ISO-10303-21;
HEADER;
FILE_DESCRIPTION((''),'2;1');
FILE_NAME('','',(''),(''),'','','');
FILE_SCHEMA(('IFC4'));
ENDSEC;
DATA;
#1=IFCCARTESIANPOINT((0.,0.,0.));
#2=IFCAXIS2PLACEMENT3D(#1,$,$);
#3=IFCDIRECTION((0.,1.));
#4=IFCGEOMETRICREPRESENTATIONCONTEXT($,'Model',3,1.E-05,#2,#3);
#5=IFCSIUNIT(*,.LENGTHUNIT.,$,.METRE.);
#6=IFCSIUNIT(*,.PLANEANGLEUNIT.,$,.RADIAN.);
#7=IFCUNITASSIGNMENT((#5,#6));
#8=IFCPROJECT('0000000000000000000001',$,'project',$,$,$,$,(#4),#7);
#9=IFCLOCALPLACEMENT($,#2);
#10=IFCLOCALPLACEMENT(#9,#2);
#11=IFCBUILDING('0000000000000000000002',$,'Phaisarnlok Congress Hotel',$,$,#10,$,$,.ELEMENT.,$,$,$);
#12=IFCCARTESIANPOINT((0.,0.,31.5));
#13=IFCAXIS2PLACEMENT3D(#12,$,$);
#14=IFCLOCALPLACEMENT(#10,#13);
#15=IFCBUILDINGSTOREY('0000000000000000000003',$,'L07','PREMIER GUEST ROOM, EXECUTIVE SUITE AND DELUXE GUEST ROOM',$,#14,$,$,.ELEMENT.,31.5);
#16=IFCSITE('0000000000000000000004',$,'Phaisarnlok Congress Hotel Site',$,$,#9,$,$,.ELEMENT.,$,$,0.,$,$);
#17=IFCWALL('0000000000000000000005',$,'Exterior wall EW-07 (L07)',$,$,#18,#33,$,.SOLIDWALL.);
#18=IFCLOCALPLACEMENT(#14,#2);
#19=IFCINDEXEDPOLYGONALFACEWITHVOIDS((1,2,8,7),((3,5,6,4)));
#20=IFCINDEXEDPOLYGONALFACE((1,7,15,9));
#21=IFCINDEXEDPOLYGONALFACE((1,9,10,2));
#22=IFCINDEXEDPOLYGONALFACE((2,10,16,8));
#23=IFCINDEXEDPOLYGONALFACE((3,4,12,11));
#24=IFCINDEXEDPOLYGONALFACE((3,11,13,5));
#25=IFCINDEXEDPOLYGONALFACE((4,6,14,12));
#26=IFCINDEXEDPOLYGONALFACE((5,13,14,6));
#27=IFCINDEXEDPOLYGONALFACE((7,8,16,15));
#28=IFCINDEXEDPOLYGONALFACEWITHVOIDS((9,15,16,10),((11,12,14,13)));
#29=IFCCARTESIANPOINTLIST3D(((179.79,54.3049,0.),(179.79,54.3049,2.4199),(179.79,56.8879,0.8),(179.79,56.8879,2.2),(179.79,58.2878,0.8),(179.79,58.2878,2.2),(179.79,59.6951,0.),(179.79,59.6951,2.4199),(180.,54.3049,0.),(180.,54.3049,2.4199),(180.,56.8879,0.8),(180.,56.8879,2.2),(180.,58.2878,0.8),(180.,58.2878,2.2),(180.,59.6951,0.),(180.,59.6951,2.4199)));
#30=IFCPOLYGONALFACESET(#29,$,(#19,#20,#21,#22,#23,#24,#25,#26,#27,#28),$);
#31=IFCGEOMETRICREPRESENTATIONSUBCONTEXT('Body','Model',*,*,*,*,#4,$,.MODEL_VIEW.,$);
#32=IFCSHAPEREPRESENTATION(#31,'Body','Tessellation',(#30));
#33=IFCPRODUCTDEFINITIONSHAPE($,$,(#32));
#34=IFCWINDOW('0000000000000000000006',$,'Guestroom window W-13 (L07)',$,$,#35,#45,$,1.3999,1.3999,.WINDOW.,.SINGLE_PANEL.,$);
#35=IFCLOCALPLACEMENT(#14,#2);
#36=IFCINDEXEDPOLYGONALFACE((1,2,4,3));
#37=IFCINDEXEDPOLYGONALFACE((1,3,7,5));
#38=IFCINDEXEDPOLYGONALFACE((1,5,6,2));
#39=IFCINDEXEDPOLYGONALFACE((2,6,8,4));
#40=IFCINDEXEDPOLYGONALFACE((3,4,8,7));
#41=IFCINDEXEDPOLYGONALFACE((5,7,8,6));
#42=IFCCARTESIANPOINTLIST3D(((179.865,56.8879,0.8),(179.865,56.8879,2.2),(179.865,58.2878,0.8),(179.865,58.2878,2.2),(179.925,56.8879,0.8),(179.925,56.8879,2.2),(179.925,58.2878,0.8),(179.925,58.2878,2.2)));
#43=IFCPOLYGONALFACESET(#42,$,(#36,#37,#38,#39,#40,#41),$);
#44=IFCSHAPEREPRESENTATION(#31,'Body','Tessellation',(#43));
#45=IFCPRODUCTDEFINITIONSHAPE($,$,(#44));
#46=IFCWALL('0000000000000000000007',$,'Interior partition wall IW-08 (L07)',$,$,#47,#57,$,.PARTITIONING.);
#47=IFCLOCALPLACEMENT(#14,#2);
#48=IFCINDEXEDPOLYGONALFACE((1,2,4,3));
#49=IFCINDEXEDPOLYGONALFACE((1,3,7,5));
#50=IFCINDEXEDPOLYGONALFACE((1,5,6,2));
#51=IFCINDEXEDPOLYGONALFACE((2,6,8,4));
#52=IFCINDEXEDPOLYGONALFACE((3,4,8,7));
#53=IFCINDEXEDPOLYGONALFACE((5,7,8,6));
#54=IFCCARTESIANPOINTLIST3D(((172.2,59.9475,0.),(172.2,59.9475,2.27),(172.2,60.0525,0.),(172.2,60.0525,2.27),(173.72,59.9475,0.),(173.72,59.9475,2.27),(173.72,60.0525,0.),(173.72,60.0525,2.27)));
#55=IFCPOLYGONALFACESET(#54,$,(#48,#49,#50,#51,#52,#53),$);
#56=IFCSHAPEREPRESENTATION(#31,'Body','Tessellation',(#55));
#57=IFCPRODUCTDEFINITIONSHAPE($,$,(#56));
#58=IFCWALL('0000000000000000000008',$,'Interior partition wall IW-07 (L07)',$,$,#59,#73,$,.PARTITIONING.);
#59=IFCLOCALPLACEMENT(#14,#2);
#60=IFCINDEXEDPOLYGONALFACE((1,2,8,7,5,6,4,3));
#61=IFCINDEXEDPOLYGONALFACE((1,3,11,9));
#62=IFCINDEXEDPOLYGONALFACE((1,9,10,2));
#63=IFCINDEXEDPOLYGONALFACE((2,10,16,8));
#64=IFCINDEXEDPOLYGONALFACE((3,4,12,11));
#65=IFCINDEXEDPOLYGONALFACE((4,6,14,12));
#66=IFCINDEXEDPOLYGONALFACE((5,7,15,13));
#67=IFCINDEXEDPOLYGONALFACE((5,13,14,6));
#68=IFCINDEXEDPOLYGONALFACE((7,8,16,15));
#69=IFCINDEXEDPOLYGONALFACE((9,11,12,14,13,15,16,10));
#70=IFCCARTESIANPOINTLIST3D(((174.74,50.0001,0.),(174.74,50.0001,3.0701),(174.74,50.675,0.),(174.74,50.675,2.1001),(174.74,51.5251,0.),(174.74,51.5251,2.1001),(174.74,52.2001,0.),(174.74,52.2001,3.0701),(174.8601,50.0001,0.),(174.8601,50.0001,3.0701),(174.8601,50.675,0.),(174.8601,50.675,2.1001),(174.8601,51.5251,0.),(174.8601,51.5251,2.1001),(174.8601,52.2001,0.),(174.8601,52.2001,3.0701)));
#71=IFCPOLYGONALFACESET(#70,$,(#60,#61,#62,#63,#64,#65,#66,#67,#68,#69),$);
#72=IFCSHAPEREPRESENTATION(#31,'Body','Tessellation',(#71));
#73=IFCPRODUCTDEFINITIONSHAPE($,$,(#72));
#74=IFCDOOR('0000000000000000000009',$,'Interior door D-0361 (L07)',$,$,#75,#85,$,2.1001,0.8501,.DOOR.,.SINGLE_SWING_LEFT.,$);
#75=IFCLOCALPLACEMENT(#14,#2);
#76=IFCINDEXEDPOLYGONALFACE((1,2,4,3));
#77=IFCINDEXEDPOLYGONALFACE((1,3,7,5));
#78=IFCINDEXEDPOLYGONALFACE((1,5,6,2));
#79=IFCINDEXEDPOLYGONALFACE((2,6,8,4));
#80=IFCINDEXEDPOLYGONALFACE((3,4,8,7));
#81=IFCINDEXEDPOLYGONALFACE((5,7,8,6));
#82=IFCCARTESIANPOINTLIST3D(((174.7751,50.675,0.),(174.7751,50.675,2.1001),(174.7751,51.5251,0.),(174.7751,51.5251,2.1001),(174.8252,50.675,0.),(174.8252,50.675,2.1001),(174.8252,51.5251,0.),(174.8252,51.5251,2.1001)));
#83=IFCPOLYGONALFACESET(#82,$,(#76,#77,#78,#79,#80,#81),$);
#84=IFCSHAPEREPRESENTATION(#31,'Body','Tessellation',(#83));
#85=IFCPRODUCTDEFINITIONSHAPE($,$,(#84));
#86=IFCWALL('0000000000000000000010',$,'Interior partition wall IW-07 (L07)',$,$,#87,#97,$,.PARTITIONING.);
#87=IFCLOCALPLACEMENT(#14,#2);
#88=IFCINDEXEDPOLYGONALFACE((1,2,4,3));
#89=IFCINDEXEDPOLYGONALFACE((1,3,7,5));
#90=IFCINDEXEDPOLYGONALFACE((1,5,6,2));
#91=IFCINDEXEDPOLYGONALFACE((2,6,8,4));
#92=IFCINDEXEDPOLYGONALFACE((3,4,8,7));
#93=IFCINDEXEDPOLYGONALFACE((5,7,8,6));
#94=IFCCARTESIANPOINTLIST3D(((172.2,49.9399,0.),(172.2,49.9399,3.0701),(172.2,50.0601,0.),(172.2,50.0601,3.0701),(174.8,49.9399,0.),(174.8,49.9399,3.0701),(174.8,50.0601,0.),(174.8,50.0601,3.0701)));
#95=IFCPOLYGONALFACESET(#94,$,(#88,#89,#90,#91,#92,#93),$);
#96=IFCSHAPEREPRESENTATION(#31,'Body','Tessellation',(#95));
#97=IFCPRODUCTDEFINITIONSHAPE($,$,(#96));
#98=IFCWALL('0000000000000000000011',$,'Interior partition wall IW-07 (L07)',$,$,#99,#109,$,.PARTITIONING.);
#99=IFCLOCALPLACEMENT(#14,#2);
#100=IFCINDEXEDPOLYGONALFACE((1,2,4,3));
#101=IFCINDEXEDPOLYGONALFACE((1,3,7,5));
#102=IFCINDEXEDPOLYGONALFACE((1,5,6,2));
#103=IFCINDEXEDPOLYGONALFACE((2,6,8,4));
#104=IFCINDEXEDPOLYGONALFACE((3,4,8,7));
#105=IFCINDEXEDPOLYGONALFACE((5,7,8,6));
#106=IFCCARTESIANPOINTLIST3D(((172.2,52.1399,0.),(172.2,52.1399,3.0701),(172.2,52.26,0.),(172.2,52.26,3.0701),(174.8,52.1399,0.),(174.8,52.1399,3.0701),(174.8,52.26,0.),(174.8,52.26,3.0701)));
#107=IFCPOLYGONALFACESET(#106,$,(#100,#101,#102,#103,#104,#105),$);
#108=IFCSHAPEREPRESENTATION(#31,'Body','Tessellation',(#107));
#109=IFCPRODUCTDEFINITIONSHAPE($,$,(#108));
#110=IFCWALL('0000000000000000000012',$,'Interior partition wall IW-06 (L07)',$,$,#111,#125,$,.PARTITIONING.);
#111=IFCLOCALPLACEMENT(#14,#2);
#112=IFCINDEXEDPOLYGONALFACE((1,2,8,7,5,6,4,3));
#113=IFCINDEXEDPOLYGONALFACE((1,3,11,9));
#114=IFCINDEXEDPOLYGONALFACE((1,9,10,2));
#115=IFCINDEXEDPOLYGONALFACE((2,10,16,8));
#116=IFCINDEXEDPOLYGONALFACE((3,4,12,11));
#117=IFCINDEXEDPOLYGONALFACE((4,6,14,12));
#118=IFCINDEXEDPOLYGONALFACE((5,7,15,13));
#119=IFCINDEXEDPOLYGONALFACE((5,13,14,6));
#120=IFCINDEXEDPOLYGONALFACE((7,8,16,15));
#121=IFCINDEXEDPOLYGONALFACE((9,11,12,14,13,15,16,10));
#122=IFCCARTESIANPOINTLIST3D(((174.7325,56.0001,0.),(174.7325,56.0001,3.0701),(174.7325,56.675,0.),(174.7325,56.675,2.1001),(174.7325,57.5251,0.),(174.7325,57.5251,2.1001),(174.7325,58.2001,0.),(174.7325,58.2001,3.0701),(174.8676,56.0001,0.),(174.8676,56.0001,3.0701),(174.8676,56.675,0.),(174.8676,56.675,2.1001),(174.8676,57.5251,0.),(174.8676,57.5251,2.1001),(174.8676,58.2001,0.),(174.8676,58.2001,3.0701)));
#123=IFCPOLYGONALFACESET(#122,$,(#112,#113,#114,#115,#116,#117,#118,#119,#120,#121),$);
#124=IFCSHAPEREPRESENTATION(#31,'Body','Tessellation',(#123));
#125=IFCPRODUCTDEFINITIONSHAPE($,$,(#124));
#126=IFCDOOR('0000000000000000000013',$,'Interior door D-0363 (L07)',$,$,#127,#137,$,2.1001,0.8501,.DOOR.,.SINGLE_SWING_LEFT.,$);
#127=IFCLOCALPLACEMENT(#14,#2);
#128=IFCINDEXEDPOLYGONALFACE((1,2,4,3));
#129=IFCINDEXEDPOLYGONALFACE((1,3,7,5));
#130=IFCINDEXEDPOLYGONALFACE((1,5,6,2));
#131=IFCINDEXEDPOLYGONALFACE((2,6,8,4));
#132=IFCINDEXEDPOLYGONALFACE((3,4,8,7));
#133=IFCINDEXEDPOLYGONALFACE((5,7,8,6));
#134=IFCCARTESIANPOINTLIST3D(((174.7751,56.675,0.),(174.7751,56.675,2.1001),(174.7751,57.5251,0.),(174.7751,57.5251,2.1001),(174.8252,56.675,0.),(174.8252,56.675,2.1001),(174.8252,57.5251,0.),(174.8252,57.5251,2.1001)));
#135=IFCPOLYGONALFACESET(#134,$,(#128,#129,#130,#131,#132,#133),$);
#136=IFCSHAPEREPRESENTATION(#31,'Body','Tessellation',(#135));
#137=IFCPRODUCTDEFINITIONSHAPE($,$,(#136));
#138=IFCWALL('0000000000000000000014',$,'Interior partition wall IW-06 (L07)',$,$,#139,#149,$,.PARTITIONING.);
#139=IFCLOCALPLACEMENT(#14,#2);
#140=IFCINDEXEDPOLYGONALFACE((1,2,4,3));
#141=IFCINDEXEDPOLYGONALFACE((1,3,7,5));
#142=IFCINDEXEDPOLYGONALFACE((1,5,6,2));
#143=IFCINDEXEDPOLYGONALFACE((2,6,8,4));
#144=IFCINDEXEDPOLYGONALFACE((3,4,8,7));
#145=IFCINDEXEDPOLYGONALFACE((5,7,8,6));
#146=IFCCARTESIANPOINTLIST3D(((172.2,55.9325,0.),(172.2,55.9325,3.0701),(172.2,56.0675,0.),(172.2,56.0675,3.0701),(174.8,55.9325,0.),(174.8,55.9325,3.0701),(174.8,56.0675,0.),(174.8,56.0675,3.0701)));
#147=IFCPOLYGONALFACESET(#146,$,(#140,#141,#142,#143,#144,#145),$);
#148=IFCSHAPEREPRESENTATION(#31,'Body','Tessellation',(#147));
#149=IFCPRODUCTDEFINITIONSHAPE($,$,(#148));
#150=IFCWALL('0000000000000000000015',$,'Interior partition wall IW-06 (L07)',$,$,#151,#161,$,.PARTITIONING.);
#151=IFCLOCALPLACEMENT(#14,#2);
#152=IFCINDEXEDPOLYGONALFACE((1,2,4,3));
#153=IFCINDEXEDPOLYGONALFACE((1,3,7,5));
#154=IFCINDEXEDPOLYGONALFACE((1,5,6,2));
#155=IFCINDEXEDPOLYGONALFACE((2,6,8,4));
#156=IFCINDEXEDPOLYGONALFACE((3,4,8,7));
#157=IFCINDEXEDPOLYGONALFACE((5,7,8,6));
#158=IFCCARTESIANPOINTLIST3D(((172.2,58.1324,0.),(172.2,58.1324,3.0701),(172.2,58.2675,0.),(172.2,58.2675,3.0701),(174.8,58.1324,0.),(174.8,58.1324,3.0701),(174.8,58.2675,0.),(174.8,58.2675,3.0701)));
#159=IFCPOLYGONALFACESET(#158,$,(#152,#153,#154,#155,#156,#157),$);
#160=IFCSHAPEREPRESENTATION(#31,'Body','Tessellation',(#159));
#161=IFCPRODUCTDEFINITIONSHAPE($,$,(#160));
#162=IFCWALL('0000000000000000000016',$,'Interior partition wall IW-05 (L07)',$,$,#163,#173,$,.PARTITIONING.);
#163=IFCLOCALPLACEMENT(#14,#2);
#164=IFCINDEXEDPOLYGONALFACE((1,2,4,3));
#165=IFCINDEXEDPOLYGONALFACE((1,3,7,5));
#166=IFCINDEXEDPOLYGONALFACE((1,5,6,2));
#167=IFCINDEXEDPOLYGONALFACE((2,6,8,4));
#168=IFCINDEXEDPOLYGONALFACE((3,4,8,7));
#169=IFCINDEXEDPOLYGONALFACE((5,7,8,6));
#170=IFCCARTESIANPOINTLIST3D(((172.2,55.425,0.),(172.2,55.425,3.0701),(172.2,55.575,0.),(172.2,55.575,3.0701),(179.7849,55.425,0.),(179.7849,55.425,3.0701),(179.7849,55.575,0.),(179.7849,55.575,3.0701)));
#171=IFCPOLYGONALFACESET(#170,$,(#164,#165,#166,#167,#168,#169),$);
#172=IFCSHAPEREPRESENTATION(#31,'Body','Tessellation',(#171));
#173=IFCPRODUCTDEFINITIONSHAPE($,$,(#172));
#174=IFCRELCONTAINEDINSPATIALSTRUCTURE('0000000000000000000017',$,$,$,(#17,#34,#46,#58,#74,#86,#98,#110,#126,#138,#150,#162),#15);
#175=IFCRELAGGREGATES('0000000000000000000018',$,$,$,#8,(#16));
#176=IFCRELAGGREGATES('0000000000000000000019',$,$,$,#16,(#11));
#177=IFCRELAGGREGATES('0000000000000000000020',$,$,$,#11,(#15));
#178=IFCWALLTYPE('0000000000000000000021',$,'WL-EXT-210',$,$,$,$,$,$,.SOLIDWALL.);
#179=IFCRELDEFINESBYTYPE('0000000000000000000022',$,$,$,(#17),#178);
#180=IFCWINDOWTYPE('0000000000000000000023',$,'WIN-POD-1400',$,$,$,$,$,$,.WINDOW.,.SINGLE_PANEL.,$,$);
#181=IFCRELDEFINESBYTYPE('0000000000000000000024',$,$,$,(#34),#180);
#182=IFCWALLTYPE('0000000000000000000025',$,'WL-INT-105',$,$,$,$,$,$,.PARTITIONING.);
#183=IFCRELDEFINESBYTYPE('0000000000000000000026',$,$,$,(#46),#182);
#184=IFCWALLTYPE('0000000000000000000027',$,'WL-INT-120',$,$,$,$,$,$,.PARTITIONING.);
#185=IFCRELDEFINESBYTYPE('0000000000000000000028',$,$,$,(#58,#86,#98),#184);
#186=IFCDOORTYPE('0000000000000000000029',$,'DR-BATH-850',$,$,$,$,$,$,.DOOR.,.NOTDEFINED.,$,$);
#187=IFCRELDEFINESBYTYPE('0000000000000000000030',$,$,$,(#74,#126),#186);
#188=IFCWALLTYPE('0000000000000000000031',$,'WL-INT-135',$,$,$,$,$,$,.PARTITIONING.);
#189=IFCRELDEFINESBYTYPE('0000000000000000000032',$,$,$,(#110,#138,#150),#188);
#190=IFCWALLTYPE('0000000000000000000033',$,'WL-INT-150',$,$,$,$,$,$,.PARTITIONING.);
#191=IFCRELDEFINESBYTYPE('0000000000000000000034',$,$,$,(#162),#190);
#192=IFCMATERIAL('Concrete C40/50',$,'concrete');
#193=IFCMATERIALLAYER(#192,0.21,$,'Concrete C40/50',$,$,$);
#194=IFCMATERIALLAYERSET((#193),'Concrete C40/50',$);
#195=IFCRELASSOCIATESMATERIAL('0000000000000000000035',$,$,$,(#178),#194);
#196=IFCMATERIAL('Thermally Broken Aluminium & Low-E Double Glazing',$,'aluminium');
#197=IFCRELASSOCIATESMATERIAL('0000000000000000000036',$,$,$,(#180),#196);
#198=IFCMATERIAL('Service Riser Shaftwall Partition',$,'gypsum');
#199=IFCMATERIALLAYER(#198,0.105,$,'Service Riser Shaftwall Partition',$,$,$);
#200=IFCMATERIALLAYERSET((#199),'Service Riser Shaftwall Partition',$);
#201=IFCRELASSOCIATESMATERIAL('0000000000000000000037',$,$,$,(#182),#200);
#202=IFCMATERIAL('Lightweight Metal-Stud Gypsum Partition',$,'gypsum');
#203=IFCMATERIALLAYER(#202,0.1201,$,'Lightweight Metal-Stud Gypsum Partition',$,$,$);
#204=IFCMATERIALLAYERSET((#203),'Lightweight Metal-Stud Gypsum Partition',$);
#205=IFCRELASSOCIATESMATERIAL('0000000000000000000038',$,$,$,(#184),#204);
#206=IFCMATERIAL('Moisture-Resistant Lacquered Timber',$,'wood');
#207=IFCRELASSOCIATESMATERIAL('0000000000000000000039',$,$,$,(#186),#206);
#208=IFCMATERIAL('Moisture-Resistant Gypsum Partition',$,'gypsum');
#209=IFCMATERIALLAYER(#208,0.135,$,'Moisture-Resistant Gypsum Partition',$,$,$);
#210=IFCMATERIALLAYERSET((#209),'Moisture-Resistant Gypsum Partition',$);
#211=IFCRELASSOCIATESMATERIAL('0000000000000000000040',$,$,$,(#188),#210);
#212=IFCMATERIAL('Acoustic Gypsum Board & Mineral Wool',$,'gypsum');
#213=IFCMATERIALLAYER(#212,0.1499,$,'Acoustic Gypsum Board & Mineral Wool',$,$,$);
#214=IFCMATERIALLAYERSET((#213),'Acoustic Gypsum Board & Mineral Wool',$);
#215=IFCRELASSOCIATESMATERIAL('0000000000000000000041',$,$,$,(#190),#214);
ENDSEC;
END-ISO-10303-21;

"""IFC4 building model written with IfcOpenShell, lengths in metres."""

from ifc_helpers import new_model, si_unit, direction, frame, frame_2d, origin, place, context, subcontext, project, spatial, rectangle, extrude, material, layer, layer_set, type_object, element, fill, save


model = new_model("IFC4")

# Units and contexts
model_context = context("Model", 3, precision=1e-05, world=origin(), true_north=direction((0.0, 1.0)))
body_context = subcontext(model_context, "Body", "Model", "MODEL_VIEW")
ifc_project = project(units=[si_unit("LENGTHUNIT", "METRE"), si_unit("PLANEANGLEUNIT", "RADIAN")], contexts=[model_context])

# Site, building, storey
site_placement = place(None, origin())
site = spatial("IfcSite", under=ifc_project, at=site_placement, Name="Phaisarnlok Congress Hotel Site", CompositionType="ELEMENT", RefElevation=0.0)
building_placement = place(site_placement, origin())
building = spatial("IfcBuilding", under=site, at=building_placement, Name="Phaisarnlok Congress Hotel", CompositionType="ELEMENT")
storey_placement = place(building_placement, frame((0.0, 0.0, 31.5)))
storey = spatial("IfcBuildingStorey", under=building, at=storey_placement, Name="L07", Description="PREMIER GUEST ROOM, EXECUTIVE SUITE AND DELUXE GUEST ROOM", CompositionType="ELEMENT", Elevation=31.5)

# Shared definitions
ifc_material_1 = material(Name="Concrete C40/50", Category="concrete")

# Wall, opening, window
ifc_layer_1 = layer(ifc_material_1, 0.21, Name="Concrete C40/50")
ifc_layer_set_1 = layer_set([ifc_layer_1], Name="Concrete C40/50")
wall_type_1 = type_object("IfcWallType", Name="WL-EXT-210", PredefinedType="SOLIDWALL", material=ifc_layer_set_1)
wall_1_placement = place(storey_placement, frame((179.895, 54.3049, 0.0), z_axis=(0.0, 0.0, 1.0), x_axis=(0.0, 1.0, 0.0)))
wall_1 = element("IfcWall", 1, at=wall_1_placement, inside=storey, type_object=wall_type_1, Name="Exterior wall EW-07 (L07)", PredefinedType="SOLIDWALL", context=body_context, shape_type="SweptSolid", body=[
    extrude(rectangle(XDim=5.3901, YDim=0.21, at=frame_2d((2.6951, 0.0))), origin(), (0.0, 0.0, 1.0), 2.4199),
])
opening_1_placement = place(wall_1_placement, frame((2.583, 0.0, 0.8)))
opening_1 = element("IfcOpeningElement", 2, at=opening_1_placement, cuts=wall_1, PredefinedType="OPENING", context=body_context, shape_type="SweptSolid", body=[
    extrude(rectangle(XDim=1.3999, YDim=1.3999, at=frame_2d((0.7, 0.7))), frame((0.0, 0.115, 0.0), z_axis=(0.0, -1.0, 0.0), x_axis=(1.0, 0.0, 0.0)), (0.0, 0.0, 1.0), 0.23),
])
ifc_material_2 = material(Name="Thermally Broken Aluminium & Low-E Double Glazing", Category="aluminium")
window_type = type_object("IfcWindowType", Name="WIN-POD-1400", PartitioningType="SINGLE_PANEL", PredefinedType="WINDOW", material=ifc_material_2)
window_placement = place(opening_1_placement, origin())
window = element("IfcWindow", 3, at=window_placement, inside=storey, type_object=window_type, Name="Guestroom window W-13 (L07)", OverallHeight=1.3999, OverallWidth=1.3999, PartitioningType="SINGLE_PANEL", PredefinedType="WINDOW", context=body_context, shape_type="SweptSolid", body=[
    extrude(rectangle(XDim=1.3999, YDim=1.3999, at=frame_2d((0.7, 0.7))), frame((0.0, 0.03, 0.0), z_axis=(0.0, -1.0, 0.0), x_axis=(1.0, 0.0, 0.0)), (0.0, 0.0, 1.0), 0.0601),
])
fill(opening_1, window)

# Wall
ifc_material_3 = material(Name="Service Riser Shaftwall Partition", Category="gypsum")
ifc_layer_2 = layer(ifc_material_3, 0.105, Name="Service Riser Shaftwall Partition")
ifc_layer_set_2 = layer_set([ifc_layer_2], Name="Service Riser Shaftwall Partition")
wall_type_2 = type_object("IfcWallType", Name="WL-INT-105", PredefinedType="PARTITIONING", material=ifc_layer_set_2)
wall_2_placement = place(storey_placement, frame((172.2, 60.0, 0.0), z_axis=(0.0, 0.0, 1.0), x_axis=(1.0, 0.0, 0.0)))
element("IfcWall", 4, at=wall_2_placement, inside=storey, type_object=wall_type_2, Name="Interior partition wall IW-08 (L07)", PredefinedType="PARTITIONING", context=body_context, shape_type="SweptSolid", body=[
    extrude(rectangle(XDim=1.52, YDim=0.105, at=frame_2d((0.76, 0.0))), origin(), (0.0, 0.0, 1.0), 2.27),
])

# Wall, opening, door
ifc_material_4 = material(Name="Lightweight Metal-Stud Gypsum Partition", Category="gypsum")
ifc_layer_3 = layer(ifc_material_4, 0.1201, Name="Lightweight Metal-Stud Gypsum Partition")
ifc_layer_set_3 = layer_set([ifc_layer_3], Name="Lightweight Metal-Stud Gypsum Partition")
wall_type_3 = type_object("IfcWallType", Name="WL-INT-120", PredefinedType="PARTITIONING", material=ifc_layer_set_3)
wall_3_placement = place(storey_placement, frame((174.8, 50.0, 0.0), z_axis=(0.0, 0.0, 1.0), x_axis=(0.0, 1.0, 0.0)))
wall_3 = element("IfcWall", 5, at=wall_3_placement, inside=storey, type_object=wall_type_3, Name="Interior partition wall IW-07 (L07)", PredefinedType="PARTITIONING", context=body_context, shape_type="SweptSolid", body=[
    extrude(rectangle(XDim=2.2, YDim=0.1201, at=frame_2d((1.1001, 0.0))), origin(), (0.0, 0.0, 1.0), 3.0701),
])
opening_2_placement = place(wall_3_placement, frame((0.675, 0.0, 0.0)))
opening_2 = element("IfcOpeningElement", 6, at=opening_2_placement, cuts=wall_3, PredefinedType="OPENING", context=body_context, shape_type="SweptSolid", body=[
    extrude(rectangle(XDim=0.8501, YDim=2.1001, at=frame_2d((0.425, 1.05))), frame((0.0, 0.0701, 0.0), z_axis=(0.0, -1.0, 0.0), x_axis=(1.0, 0.0, 0.0)), (0.0, 0.0, 1.0), 0.1401),
])
ifc_material_5 = material(Name="Moisture-Resistant Lacquered Timber", Category="wood")
door_type = type_object("IfcDoorType", Name="DR-BATH-850", OperationType="NOTDEFINED", PredefinedType="DOOR", material=ifc_material_5)
door_1_placement = place(opening_2_placement, origin())
door_1 = element("IfcDoor", 7, at=door_1_placement, inside=storey, type_object=door_type, Name="Interior door D-0361 (L07)", OperationType="SINGLE_SWING_LEFT", OverallHeight=2.1001, OverallWidth=0.8501, PredefinedType="DOOR", context=body_context, shape_type="SweptSolid", body=[
    extrude(rectangle(XDim=0.8501, YDim=2.1001, at=frame_2d((0.425, 1.05))), frame((0.0, 0.0249, 0.0), z_axis=(0.0, -1.0, 0.0), x_axis=(1.0, 0.0, 0.0)), (0.0, 0.0, 1.0), 0.05),
])
fill(opening_2, door_1)

# Walls
for number, where, z_axis, x_axis, name in (
    (8, (172.2, 50.0, 0.0), (0.0, 0.0, 1.0), (1.0, 0.0, 0.0), "Interior partition wall IW-07 (L07)"),
    (9, (172.2, 52.2, 0.0), (0.0, 0.0, 1.0), (1.0, 0.0, 0.0), "Interior partition wall IW-07 (L07)"),
):
    element("IfcWall", number, at=place(storey_placement, frame(where, z_axis=z_axis, x_axis=x_axis)), inside=storey, type_object=wall_type_3, Name=name, PredefinedType="PARTITIONING", context=body_context, shape_type="SweptSolid", body=[
        extrude(rectangle(XDim=2.6001, YDim=0.1201, at=frame_2d((1.3, 0.0))), origin(), (0.0, 0.0, 1.0), 3.0701),
    ])

# Wall, opening, door
ifc_material_6 = material(Name="Moisture-Resistant Gypsum Partition", Category="gypsum")
ifc_layer_4 = layer(ifc_material_6, 0.135, Name="Moisture-Resistant Gypsum Partition")
ifc_layer_set_4 = layer_set([ifc_layer_4], Name="Moisture-Resistant Gypsum Partition")
wall_type_4 = type_object("IfcWallType", Name="WL-INT-135", PredefinedType="PARTITIONING", material=ifc_layer_set_4)
wall_4_placement = place(storey_placement, frame((174.8, 56.0, 0.0), z_axis=(0.0, 0.0, 1.0), x_axis=(0.0, 1.0, 0.0)))
wall_4 = element("IfcWall", 10, at=wall_4_placement, inside=storey, type_object=wall_type_4, Name="Interior partition wall IW-06 (L07)", PredefinedType="PARTITIONING", context=body_context, shape_type="SweptSolid", body=[
    extrude(rectangle(XDim=2.2, YDim=0.135, at=frame_2d((1.1001, 0.0))), origin(), (0.0, 0.0, 1.0), 3.0701),
])
opening_3_placement = place(wall_4_placement, frame((0.675, 0.0, 0.0)))
opening_3 = element("IfcOpeningElement", 11, at=opening_3_placement, cuts=wall_4, PredefinedType="OPENING", context=body_context, shape_type="SweptSolid", body=[
    extrude(rectangle(XDim=0.8501, YDim=2.1001, at=frame_2d((0.425, 1.05))), frame((0.0, 0.0776, 0.0), z_axis=(0.0, -1.0, 0.0), x_axis=(1.0, 0.0, 0.0)), (0.0, 0.0, 1.0), 0.155),
])
door_2_placement = place(opening_3_placement, origin())
door_2 = element("IfcDoor", 12, at=door_2_placement, inside=storey, type_object=door_type, Name="Interior door D-0363 (L07)", OperationType="SINGLE_SWING_LEFT", OverallHeight=2.1001, OverallWidth=0.8501, PredefinedType="DOOR", context=body_context, shape_type="SweptSolid", body=[
    extrude(rectangle(XDim=0.8501, YDim=2.1001, at=frame_2d((0.425, 1.05))), frame((0.0, 0.0249, 0.0), z_axis=(0.0, -1.0, 0.0), x_axis=(1.0, 0.0, 0.0)), (0.0, 0.0, 1.0), 0.05),
])
fill(opening_3, door_2)

# Walls
for number, where, z_axis, x_axis, name in (
    (13, (172.2, 56.0, 0.0), (0.0, 0.0, 1.0), (1.0, 0.0, 0.0), "Interior partition wall IW-06 (L07)"),
    (14, (172.2, 58.2, 0.0), (0.0, 0.0, 1.0), (1.0, 0.0, 0.0), "Interior partition wall IW-06 (L07)"),
):
    element("IfcWall", number, at=place(storey_placement, frame(where, z_axis=z_axis, x_axis=x_axis)), inside=storey, type_object=wall_type_4, Name=name, PredefinedType="PARTITIONING", context=body_context, shape_type="SweptSolid", body=[
        extrude(rectangle(XDim=2.6001, YDim=0.135, at=frame_2d((1.3, 0.0))), origin(), (0.0, 0.0, 1.0), 3.0701),
    ])
ifc_material_7 = material(Name="Acoustic Gypsum Board & Mineral Wool", Category="gypsum")
ifc_layer_5 = layer(ifc_material_7, 0.1499, Name="Acoustic Gypsum Board & Mineral Wool")
ifc_layer_set_5 = layer_set([ifc_layer_5], Name="Acoustic Gypsum Board & Mineral Wool")
wall_type_5 = type_object("IfcWallType", Name="WL-INT-150", PredefinedType="PARTITIONING", material=ifc_layer_set_5)
wall_5_placement = place(storey_placement, frame((172.2, 55.5, 0.0), z_axis=(0.0, 0.0, 1.0), x_axis=(1.0, 0.0, 0.0)))
element("IfcWall", 15, at=wall_5_placement, inside=storey, type_object=wall_type_5, Name="Interior partition wall IW-05 (L07)", PredefinedType="PARTITIONING", context=body_context, shape_type="SweptSolid", body=[
    extrude(rectangle(XDim=7.585, YDim=0.1499, at=frame_2d((3.7925, 0.0))), origin(), (0.0, 0.0, 1.0), 3.0701),
])

save(model, "model.ifc")
